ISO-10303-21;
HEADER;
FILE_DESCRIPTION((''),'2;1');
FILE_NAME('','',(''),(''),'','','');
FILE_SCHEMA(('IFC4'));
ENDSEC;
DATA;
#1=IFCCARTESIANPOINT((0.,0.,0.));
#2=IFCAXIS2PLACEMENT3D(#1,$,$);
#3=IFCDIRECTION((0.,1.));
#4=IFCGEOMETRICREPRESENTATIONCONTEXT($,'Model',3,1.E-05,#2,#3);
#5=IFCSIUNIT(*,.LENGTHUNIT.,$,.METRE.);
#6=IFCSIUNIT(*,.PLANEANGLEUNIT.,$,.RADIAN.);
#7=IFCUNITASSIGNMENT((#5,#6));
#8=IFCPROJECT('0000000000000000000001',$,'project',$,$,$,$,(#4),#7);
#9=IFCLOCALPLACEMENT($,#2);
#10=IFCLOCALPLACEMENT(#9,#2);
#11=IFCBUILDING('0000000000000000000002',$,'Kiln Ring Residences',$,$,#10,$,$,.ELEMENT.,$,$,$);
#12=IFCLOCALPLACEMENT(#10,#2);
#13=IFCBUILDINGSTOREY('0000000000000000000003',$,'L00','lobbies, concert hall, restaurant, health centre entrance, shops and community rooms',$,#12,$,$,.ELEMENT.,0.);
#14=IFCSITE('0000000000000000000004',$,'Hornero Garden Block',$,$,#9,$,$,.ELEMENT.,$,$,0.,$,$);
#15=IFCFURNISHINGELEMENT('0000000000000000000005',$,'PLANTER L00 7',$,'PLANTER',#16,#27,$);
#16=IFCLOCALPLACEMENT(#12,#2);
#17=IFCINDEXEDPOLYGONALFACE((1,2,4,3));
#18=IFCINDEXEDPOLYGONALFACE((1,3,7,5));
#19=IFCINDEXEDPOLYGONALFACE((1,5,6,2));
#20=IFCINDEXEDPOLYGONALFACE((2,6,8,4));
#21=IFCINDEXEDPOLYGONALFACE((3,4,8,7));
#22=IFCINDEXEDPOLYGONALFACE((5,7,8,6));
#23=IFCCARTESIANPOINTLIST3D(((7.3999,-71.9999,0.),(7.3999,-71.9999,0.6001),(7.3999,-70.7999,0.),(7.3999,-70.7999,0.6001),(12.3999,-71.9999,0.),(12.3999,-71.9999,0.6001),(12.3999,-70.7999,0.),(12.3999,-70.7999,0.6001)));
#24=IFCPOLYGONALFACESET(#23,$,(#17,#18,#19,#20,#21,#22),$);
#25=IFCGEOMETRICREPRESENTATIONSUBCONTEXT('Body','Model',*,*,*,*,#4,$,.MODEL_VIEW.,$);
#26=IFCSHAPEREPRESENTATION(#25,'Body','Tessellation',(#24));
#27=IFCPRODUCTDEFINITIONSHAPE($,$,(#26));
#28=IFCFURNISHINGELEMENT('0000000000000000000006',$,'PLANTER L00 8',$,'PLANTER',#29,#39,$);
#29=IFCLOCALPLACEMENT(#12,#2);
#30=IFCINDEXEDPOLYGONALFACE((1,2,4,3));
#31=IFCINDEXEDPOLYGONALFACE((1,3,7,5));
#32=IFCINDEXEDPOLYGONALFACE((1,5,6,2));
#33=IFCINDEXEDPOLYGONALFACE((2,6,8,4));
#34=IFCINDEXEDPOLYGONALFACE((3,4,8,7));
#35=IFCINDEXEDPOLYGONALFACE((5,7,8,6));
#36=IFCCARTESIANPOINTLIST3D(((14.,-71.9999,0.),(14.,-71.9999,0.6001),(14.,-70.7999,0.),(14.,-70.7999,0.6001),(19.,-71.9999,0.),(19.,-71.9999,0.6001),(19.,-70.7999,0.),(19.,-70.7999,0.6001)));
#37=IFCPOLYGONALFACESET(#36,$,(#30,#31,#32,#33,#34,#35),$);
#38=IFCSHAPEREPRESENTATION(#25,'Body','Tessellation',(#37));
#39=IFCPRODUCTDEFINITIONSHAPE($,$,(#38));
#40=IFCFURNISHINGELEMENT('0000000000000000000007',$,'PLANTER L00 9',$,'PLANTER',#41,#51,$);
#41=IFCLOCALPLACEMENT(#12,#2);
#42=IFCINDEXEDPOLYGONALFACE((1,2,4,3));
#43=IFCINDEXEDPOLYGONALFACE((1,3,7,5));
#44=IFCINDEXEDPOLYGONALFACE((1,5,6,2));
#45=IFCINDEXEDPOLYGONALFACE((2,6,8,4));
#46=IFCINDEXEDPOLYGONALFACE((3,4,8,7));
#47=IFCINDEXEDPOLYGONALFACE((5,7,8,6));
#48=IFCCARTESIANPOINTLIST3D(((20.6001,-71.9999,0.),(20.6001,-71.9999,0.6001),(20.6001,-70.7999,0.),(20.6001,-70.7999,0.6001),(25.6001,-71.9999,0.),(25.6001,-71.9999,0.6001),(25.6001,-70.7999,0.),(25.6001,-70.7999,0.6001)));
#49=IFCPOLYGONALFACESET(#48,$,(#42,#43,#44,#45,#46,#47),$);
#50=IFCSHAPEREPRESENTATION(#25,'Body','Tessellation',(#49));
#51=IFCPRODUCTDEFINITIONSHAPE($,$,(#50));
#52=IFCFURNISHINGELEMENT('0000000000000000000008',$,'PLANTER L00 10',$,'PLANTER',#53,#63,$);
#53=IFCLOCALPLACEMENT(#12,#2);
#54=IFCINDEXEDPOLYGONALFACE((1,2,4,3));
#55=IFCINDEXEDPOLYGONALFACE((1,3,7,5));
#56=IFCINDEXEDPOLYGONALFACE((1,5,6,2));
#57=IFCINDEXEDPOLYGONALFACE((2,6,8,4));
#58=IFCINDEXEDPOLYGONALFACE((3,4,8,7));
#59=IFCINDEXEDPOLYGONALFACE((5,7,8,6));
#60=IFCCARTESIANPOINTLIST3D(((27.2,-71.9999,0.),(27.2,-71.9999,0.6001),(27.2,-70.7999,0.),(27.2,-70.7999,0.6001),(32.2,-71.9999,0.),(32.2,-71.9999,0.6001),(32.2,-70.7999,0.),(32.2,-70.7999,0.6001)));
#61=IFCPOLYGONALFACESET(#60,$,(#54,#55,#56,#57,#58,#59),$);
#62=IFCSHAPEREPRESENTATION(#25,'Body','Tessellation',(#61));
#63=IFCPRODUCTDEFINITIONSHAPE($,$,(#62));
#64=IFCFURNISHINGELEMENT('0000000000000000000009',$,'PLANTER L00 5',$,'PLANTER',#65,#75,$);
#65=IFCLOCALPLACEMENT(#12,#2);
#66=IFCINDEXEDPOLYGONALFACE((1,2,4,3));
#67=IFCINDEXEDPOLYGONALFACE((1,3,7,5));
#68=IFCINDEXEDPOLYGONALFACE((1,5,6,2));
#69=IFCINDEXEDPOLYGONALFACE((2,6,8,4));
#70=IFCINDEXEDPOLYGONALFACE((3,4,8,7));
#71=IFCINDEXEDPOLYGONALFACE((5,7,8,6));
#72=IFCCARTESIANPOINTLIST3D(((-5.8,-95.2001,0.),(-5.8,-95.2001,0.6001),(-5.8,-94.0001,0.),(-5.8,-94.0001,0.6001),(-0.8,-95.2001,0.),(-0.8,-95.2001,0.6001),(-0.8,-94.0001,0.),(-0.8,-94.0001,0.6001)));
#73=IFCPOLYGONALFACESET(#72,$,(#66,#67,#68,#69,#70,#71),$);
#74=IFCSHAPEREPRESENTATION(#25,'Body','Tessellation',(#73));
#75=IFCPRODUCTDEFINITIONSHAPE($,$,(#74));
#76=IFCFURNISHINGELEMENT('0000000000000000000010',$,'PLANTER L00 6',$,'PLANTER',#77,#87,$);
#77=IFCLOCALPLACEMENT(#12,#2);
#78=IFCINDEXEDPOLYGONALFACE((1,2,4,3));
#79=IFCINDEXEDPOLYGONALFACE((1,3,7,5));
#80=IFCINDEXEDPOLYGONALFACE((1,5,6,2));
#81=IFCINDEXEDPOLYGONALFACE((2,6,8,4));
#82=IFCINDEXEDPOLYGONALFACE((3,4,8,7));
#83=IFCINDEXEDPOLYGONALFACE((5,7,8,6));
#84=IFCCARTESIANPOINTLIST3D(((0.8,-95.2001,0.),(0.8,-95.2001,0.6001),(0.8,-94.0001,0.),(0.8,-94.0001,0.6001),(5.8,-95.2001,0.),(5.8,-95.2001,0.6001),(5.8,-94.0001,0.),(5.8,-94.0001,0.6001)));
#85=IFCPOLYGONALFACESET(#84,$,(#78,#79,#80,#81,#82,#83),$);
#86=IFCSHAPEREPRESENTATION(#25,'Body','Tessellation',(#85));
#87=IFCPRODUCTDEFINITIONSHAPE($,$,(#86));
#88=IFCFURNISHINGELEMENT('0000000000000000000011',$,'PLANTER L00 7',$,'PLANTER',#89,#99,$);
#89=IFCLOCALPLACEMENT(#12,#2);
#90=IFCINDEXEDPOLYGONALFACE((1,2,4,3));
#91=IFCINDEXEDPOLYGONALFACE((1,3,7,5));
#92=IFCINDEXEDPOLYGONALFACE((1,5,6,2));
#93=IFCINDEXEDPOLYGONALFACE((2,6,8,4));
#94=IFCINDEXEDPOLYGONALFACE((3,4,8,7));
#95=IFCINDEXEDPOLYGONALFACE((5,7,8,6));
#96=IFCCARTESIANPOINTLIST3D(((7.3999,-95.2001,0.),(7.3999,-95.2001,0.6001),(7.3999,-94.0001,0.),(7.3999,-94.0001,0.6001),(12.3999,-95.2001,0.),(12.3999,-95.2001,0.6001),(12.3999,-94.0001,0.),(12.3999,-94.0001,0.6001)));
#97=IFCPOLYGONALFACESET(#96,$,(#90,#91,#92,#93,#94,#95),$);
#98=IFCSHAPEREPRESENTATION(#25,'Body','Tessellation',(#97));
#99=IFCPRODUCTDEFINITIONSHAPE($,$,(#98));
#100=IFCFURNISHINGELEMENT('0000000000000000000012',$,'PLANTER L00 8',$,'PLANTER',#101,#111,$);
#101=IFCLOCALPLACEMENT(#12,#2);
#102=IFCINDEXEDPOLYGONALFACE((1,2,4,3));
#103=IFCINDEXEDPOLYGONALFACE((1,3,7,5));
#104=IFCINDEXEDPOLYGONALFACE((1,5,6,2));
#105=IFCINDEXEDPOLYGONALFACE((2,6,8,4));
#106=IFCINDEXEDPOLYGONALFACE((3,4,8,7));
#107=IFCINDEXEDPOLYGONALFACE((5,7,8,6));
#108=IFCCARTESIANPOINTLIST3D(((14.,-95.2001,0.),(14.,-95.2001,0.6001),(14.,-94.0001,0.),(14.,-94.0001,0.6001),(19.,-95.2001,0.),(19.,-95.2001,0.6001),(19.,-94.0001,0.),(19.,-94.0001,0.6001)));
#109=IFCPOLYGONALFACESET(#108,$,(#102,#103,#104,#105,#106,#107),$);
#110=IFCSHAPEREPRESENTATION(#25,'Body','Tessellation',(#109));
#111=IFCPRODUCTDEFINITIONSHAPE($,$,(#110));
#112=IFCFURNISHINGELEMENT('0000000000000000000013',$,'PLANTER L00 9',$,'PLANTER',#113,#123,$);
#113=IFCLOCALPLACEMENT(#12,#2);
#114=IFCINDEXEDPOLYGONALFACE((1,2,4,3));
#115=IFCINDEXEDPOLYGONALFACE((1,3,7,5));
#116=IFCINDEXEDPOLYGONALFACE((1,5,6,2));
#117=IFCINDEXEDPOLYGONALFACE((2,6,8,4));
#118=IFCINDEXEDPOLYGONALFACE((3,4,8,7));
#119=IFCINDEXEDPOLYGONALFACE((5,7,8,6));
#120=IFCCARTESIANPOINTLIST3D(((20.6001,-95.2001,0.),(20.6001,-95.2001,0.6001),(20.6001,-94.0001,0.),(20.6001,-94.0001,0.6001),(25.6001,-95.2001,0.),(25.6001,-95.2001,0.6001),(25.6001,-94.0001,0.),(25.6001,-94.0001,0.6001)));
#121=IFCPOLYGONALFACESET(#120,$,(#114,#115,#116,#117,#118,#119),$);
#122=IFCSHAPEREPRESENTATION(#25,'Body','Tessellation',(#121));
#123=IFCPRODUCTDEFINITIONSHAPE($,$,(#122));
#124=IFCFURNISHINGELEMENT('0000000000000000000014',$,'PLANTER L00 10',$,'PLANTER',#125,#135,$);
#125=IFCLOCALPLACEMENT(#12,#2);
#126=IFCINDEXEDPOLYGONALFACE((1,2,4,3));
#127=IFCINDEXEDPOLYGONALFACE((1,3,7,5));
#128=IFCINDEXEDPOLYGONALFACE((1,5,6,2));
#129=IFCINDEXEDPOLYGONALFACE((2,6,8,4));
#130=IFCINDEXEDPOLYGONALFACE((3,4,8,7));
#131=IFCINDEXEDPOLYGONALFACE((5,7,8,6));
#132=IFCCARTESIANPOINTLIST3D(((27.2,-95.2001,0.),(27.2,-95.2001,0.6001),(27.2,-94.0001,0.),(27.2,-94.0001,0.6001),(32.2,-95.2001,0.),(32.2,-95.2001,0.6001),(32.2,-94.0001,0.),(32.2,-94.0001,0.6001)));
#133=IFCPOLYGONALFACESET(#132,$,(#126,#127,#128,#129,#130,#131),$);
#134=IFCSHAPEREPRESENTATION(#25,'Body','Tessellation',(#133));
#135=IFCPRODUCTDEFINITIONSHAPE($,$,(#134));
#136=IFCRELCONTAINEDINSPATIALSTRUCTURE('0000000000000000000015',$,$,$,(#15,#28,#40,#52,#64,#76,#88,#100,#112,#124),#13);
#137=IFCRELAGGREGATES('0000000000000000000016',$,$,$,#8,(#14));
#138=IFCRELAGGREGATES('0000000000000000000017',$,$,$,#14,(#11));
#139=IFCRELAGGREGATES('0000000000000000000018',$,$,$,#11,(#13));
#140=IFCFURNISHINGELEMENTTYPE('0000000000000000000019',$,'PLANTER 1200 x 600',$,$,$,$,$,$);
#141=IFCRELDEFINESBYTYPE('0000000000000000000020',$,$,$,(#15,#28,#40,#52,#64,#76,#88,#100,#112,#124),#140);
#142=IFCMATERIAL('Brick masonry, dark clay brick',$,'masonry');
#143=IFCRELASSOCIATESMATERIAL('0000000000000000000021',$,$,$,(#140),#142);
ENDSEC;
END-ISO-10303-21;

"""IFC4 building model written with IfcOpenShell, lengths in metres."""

from ifc_helpers import new_model, si_unit, direction, frame, origin, origin_2d, place, context, subcontext, project, spatial, rectangle, extrude, material, type_object, element, save


model = new_model("IFC4")

# Units and contexts
model_context = context("Model", 3, precision=1e-05, world=origin(), true_north=direction((0.0, 1.0)))
body_context = subcontext(model_context, "Body", "Model", "MODEL_VIEW")
ifc_project = project(units=[si_unit("LENGTHUNIT", "METRE"), si_unit("PLANEANGLEUNIT", "RADIAN")], contexts=[model_context])

# Site, building, storey
site_placement = place(None, origin())
site = spatial("IfcSite", under=ifc_project, at=site_placement, Name="Hornero Garden Block", CompositionType="ELEMENT", RefElevation=0.0)
building_placement = place(site_placement, origin())
building = spatial("IfcBuilding", under=site, at=building_placement, Name="Kiln Ring Residences", CompositionType="ELEMENT")
storey_placement = place(building_placement, origin())
storey = spatial("IfcBuildingStorey", under=building, at=storey_placement, Name="L00", Description="lobbies, concert hall, restaurant, health centre entrance, shops and community rooms", CompositionType="ELEMENT", Elevation=0.0)

# Furnishing elements
ifc_material_1 = material(Name="Brick masonry, dark clay brick", Category="masonry")
furnishing_element_type = type_object("IfcFurnishingElementType", Name="PLANTER 1200 x 600", material=ifc_material_1)
for number, where, z_axis, x_axis, name in (
    (1, (9.8999, -71.3999, 0.0), (0.0, 0.0, 1.0), (1.0, 0.0, 0.0), "PLANTER L00 7"),
    (2, (16.5, -71.3999, 0.0), (0.0, 0.0, 1.0), (1.0, 0.0, 0.0), "PLANTER L00 8"),
    (3, (23.1001, -71.3999, 0.0), (0.0, 0.0, 1.0), (1.0, 0.0, 0.0), "PLANTER L00 9"),
    (4, (29.7, -71.3999, 0.0), (0.0, 0.0, 1.0), (1.0, 0.0, 0.0), "PLANTER L00 10"),
    (5, (-3.3, -94.6001, 0.0), (0.0, 0.0, 1.0), (1.0, 0.0, 0.0), "PLANTER L00 5"),
    (6, (3.3, -94.6001, 0.0), (0.0, 0.0, 1.0), (1.0, 0.0, 0.0), "PLANTER L00 6"),
    (7, (9.8999, -94.6001, 0.0), (0.0, 0.0, 1.0), (1.0, 0.0, 0.0), "PLANTER L00 7"),
    (8, (16.5, -94.6001, 0.0), (0.0, 0.0, 1.0), (1.0, 0.0, 0.0), "PLANTER L00 8"),
    (9, (23.1001, -94.6001, 0.0), (0.0, 0.0, 1.0), (1.0, 0.0, 0.0), "PLANTER L00 9"),
    (10, (29.7, -94.6001, 0.0), (0.0, 0.0, 1.0), (1.0, 0.0, 0.0), "PLANTER L00 10"),
):
    element("IfcFurnishingElement", number, at=place(storey_placement, frame(where, z_axis=z_axis, x_axis=x_axis)), inside=storey, type_object=furnishing_element_type, Name=name, ObjectType="PLANTER", context=body_context, shape_type="SweptSolid", body=[
        extrude(rectangle(XDim=5.0, YDim=1.2, at=origin_2d()), origin(), (0.0, 0.0, 1.0), 0.6001),
    ])

save(model, "model.ifc")
